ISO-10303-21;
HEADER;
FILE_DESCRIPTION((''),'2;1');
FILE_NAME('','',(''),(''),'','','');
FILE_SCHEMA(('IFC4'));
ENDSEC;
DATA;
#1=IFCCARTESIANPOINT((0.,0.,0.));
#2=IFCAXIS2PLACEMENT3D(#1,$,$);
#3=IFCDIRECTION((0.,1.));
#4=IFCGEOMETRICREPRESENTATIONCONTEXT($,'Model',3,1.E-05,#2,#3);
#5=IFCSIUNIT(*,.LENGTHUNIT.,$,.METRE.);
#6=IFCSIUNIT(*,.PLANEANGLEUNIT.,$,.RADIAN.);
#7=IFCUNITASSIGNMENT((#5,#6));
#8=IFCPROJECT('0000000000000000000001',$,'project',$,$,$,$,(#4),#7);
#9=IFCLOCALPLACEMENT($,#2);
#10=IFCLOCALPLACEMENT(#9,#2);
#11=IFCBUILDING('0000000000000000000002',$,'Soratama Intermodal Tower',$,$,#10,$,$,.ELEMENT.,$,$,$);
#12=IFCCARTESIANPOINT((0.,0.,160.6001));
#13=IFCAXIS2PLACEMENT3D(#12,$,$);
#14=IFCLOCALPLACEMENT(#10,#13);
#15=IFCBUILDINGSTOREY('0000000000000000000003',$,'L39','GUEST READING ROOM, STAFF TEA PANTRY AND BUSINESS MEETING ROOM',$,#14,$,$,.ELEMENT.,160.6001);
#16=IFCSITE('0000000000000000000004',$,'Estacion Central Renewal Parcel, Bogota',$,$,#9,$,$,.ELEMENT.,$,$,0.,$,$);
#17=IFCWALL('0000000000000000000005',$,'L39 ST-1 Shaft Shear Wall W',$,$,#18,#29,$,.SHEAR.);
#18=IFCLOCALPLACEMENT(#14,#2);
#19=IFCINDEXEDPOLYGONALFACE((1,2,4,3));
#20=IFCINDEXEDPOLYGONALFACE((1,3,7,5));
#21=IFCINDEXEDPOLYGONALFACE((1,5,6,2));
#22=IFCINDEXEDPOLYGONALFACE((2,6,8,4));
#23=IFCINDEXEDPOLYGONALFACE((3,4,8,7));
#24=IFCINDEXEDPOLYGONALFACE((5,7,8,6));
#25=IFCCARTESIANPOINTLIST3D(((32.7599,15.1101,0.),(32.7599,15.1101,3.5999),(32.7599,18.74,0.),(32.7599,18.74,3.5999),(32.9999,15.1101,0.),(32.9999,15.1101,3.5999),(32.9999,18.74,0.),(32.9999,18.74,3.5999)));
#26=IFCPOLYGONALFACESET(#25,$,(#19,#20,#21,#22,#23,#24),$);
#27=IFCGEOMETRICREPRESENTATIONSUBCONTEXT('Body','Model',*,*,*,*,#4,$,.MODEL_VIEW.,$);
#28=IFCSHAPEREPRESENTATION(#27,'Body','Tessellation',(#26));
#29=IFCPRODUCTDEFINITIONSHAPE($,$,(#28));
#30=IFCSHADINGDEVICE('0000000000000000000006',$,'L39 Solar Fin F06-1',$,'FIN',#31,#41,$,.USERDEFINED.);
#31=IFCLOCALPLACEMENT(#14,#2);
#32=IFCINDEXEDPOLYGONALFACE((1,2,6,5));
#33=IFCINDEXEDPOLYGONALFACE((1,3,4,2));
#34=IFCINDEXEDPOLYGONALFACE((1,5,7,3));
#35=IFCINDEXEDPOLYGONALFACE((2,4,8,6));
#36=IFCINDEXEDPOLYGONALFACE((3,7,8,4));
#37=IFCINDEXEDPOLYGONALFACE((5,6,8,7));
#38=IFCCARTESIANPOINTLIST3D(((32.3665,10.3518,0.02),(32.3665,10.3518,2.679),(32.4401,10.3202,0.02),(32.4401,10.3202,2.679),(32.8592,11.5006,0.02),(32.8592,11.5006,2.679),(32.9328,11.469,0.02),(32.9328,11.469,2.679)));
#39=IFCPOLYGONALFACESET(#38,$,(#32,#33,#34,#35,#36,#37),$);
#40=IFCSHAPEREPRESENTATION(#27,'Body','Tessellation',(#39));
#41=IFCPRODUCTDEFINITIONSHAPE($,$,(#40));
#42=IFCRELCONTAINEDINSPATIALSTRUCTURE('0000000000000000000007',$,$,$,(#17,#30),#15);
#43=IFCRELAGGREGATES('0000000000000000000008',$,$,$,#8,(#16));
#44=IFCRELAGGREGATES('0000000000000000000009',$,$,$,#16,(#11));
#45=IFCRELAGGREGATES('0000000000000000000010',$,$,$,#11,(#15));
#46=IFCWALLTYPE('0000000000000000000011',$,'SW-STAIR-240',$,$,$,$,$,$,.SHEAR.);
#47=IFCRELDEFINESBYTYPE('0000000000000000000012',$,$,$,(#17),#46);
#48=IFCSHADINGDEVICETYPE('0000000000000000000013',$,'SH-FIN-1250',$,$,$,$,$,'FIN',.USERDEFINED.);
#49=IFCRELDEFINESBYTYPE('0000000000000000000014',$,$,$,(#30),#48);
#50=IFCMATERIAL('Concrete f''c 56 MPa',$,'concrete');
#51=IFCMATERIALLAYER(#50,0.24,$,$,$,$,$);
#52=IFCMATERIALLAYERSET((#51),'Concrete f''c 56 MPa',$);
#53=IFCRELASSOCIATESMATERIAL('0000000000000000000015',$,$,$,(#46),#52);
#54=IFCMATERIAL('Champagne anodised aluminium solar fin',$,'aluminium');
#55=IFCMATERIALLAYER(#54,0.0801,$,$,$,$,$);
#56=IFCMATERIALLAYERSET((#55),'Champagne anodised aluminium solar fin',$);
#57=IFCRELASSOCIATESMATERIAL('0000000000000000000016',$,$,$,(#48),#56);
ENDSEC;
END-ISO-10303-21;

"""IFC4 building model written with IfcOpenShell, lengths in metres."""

from ifc_helpers import new_model, si_unit, direction, frame, frame_2d, origin, origin_2d, place, context, subcontext, project, spatial, rectangle, extrude, material, layer, layer_set, type_object, element, save


model = new_model("IFC4")

# Units and contexts
model_context = context("Model", 3, precision=1e-05, world=origin(), true_north=direction((0.0, 1.0)))
body_context = subcontext(model_context, "Body", "Model", "MODEL_VIEW")
ifc_project = project(units=[si_unit("LENGTHUNIT", "METRE"), si_unit("PLANEANGLEUNIT", "RADIAN")], contexts=[model_context])

# Site, building, storey
site_placement = place(None, origin())
site = spatial("IfcSite", under=ifc_project, at=site_placement, Name="Estacion Central Renewal Parcel, Bogota", CompositionType="ELEMENT", RefElevation=0.0)
building_placement = place(site_placement, origin())
building = spatial("IfcBuilding", under=site, at=building_placement, Name="Soratama Intermodal Tower", CompositionType="ELEMENT")
storey_placement = place(building_placement, frame((0.0, 0.0, 160.6001)))
storey = spatial("IfcBuildingStorey", under=building, at=storey_placement, Name="L39", Description="GUEST READING ROOM, STAFF TEA PANTRY AND BUSINESS MEETING ROOM", CompositionType="ELEMENT", Elevation=160.6001)

# Wall
ifc_material_1 = material(Name="Concrete f'c 56 MPa", Category="concrete")
ifc_layer_1 = layer(ifc_material_1, 0.24)
ifc_layer_set_1 = layer_set([ifc_layer_1], Name="Concrete f'c 56 MPa")
wall_type_1 = type_object("IfcWallType", Name="SW-STAIR-240", PredefinedType="SHEAR", material=ifc_layer_set_1)
wall_1_placement = place(storey_placement, frame((32.8799, 15.1101, 0.0), z_axis=(0.0, 0.0, 1.0), x_axis=(0.0, 1.0, 0.0)))
element("IfcWall", 1, at=wall_1_placement, inside=storey, type_object=wall_type_1, Name="L39 ST-1 Shaft Shear Wall W", PredefinedType="SHEAR", context=body_context, shape_type="SweptSolid", body=[
    extrude(rectangle(XDim=3.6299, YDim=0.24, at=frame_2d((1.8149, 0.0))), origin(), (0.0, 0.0, 1.0), 3.5999),
])

# Shading device
ifc_material_2 = material(Name="Champagne anodised aluminium solar fin", Category="aluminium")
ifc_layer_2 = layer(ifc_material_2, 0.0801)
ifc_layer_set_2 = layer_set([ifc_layer_2], Name="Champagne anodised aluminium solar fin")
shading_device_type = type_object("IfcShadingDeviceType", Name="SH-FIN-1250", ElementType="FIN", PredefinedType="USERDEFINED", material=ifc_layer_set_2)
shading_device_placement = place(storey_placement, frame((32.6497, 10.9104, 0.02), z_axis=(0.0, 0.0, 1.0), x_axis=(-0.394102, -0.919067, 0.0)))
element("IfcShadingDevice", 2, at=shading_device_placement, inside=storey, type_object=shading_device_type, Name="L39 Solar Fin F06-1", ObjectType="FIN", PredefinedType="USERDEFINED", context=body_context, shape_type="SweptSolid", body=[
    extrude(rectangle(XDim=1.25, YDim=0.0801, at=origin_2d()), origin(), (0.0, 0.0, 1.0), 2.6589),
])

save(model, "model.ifc")
